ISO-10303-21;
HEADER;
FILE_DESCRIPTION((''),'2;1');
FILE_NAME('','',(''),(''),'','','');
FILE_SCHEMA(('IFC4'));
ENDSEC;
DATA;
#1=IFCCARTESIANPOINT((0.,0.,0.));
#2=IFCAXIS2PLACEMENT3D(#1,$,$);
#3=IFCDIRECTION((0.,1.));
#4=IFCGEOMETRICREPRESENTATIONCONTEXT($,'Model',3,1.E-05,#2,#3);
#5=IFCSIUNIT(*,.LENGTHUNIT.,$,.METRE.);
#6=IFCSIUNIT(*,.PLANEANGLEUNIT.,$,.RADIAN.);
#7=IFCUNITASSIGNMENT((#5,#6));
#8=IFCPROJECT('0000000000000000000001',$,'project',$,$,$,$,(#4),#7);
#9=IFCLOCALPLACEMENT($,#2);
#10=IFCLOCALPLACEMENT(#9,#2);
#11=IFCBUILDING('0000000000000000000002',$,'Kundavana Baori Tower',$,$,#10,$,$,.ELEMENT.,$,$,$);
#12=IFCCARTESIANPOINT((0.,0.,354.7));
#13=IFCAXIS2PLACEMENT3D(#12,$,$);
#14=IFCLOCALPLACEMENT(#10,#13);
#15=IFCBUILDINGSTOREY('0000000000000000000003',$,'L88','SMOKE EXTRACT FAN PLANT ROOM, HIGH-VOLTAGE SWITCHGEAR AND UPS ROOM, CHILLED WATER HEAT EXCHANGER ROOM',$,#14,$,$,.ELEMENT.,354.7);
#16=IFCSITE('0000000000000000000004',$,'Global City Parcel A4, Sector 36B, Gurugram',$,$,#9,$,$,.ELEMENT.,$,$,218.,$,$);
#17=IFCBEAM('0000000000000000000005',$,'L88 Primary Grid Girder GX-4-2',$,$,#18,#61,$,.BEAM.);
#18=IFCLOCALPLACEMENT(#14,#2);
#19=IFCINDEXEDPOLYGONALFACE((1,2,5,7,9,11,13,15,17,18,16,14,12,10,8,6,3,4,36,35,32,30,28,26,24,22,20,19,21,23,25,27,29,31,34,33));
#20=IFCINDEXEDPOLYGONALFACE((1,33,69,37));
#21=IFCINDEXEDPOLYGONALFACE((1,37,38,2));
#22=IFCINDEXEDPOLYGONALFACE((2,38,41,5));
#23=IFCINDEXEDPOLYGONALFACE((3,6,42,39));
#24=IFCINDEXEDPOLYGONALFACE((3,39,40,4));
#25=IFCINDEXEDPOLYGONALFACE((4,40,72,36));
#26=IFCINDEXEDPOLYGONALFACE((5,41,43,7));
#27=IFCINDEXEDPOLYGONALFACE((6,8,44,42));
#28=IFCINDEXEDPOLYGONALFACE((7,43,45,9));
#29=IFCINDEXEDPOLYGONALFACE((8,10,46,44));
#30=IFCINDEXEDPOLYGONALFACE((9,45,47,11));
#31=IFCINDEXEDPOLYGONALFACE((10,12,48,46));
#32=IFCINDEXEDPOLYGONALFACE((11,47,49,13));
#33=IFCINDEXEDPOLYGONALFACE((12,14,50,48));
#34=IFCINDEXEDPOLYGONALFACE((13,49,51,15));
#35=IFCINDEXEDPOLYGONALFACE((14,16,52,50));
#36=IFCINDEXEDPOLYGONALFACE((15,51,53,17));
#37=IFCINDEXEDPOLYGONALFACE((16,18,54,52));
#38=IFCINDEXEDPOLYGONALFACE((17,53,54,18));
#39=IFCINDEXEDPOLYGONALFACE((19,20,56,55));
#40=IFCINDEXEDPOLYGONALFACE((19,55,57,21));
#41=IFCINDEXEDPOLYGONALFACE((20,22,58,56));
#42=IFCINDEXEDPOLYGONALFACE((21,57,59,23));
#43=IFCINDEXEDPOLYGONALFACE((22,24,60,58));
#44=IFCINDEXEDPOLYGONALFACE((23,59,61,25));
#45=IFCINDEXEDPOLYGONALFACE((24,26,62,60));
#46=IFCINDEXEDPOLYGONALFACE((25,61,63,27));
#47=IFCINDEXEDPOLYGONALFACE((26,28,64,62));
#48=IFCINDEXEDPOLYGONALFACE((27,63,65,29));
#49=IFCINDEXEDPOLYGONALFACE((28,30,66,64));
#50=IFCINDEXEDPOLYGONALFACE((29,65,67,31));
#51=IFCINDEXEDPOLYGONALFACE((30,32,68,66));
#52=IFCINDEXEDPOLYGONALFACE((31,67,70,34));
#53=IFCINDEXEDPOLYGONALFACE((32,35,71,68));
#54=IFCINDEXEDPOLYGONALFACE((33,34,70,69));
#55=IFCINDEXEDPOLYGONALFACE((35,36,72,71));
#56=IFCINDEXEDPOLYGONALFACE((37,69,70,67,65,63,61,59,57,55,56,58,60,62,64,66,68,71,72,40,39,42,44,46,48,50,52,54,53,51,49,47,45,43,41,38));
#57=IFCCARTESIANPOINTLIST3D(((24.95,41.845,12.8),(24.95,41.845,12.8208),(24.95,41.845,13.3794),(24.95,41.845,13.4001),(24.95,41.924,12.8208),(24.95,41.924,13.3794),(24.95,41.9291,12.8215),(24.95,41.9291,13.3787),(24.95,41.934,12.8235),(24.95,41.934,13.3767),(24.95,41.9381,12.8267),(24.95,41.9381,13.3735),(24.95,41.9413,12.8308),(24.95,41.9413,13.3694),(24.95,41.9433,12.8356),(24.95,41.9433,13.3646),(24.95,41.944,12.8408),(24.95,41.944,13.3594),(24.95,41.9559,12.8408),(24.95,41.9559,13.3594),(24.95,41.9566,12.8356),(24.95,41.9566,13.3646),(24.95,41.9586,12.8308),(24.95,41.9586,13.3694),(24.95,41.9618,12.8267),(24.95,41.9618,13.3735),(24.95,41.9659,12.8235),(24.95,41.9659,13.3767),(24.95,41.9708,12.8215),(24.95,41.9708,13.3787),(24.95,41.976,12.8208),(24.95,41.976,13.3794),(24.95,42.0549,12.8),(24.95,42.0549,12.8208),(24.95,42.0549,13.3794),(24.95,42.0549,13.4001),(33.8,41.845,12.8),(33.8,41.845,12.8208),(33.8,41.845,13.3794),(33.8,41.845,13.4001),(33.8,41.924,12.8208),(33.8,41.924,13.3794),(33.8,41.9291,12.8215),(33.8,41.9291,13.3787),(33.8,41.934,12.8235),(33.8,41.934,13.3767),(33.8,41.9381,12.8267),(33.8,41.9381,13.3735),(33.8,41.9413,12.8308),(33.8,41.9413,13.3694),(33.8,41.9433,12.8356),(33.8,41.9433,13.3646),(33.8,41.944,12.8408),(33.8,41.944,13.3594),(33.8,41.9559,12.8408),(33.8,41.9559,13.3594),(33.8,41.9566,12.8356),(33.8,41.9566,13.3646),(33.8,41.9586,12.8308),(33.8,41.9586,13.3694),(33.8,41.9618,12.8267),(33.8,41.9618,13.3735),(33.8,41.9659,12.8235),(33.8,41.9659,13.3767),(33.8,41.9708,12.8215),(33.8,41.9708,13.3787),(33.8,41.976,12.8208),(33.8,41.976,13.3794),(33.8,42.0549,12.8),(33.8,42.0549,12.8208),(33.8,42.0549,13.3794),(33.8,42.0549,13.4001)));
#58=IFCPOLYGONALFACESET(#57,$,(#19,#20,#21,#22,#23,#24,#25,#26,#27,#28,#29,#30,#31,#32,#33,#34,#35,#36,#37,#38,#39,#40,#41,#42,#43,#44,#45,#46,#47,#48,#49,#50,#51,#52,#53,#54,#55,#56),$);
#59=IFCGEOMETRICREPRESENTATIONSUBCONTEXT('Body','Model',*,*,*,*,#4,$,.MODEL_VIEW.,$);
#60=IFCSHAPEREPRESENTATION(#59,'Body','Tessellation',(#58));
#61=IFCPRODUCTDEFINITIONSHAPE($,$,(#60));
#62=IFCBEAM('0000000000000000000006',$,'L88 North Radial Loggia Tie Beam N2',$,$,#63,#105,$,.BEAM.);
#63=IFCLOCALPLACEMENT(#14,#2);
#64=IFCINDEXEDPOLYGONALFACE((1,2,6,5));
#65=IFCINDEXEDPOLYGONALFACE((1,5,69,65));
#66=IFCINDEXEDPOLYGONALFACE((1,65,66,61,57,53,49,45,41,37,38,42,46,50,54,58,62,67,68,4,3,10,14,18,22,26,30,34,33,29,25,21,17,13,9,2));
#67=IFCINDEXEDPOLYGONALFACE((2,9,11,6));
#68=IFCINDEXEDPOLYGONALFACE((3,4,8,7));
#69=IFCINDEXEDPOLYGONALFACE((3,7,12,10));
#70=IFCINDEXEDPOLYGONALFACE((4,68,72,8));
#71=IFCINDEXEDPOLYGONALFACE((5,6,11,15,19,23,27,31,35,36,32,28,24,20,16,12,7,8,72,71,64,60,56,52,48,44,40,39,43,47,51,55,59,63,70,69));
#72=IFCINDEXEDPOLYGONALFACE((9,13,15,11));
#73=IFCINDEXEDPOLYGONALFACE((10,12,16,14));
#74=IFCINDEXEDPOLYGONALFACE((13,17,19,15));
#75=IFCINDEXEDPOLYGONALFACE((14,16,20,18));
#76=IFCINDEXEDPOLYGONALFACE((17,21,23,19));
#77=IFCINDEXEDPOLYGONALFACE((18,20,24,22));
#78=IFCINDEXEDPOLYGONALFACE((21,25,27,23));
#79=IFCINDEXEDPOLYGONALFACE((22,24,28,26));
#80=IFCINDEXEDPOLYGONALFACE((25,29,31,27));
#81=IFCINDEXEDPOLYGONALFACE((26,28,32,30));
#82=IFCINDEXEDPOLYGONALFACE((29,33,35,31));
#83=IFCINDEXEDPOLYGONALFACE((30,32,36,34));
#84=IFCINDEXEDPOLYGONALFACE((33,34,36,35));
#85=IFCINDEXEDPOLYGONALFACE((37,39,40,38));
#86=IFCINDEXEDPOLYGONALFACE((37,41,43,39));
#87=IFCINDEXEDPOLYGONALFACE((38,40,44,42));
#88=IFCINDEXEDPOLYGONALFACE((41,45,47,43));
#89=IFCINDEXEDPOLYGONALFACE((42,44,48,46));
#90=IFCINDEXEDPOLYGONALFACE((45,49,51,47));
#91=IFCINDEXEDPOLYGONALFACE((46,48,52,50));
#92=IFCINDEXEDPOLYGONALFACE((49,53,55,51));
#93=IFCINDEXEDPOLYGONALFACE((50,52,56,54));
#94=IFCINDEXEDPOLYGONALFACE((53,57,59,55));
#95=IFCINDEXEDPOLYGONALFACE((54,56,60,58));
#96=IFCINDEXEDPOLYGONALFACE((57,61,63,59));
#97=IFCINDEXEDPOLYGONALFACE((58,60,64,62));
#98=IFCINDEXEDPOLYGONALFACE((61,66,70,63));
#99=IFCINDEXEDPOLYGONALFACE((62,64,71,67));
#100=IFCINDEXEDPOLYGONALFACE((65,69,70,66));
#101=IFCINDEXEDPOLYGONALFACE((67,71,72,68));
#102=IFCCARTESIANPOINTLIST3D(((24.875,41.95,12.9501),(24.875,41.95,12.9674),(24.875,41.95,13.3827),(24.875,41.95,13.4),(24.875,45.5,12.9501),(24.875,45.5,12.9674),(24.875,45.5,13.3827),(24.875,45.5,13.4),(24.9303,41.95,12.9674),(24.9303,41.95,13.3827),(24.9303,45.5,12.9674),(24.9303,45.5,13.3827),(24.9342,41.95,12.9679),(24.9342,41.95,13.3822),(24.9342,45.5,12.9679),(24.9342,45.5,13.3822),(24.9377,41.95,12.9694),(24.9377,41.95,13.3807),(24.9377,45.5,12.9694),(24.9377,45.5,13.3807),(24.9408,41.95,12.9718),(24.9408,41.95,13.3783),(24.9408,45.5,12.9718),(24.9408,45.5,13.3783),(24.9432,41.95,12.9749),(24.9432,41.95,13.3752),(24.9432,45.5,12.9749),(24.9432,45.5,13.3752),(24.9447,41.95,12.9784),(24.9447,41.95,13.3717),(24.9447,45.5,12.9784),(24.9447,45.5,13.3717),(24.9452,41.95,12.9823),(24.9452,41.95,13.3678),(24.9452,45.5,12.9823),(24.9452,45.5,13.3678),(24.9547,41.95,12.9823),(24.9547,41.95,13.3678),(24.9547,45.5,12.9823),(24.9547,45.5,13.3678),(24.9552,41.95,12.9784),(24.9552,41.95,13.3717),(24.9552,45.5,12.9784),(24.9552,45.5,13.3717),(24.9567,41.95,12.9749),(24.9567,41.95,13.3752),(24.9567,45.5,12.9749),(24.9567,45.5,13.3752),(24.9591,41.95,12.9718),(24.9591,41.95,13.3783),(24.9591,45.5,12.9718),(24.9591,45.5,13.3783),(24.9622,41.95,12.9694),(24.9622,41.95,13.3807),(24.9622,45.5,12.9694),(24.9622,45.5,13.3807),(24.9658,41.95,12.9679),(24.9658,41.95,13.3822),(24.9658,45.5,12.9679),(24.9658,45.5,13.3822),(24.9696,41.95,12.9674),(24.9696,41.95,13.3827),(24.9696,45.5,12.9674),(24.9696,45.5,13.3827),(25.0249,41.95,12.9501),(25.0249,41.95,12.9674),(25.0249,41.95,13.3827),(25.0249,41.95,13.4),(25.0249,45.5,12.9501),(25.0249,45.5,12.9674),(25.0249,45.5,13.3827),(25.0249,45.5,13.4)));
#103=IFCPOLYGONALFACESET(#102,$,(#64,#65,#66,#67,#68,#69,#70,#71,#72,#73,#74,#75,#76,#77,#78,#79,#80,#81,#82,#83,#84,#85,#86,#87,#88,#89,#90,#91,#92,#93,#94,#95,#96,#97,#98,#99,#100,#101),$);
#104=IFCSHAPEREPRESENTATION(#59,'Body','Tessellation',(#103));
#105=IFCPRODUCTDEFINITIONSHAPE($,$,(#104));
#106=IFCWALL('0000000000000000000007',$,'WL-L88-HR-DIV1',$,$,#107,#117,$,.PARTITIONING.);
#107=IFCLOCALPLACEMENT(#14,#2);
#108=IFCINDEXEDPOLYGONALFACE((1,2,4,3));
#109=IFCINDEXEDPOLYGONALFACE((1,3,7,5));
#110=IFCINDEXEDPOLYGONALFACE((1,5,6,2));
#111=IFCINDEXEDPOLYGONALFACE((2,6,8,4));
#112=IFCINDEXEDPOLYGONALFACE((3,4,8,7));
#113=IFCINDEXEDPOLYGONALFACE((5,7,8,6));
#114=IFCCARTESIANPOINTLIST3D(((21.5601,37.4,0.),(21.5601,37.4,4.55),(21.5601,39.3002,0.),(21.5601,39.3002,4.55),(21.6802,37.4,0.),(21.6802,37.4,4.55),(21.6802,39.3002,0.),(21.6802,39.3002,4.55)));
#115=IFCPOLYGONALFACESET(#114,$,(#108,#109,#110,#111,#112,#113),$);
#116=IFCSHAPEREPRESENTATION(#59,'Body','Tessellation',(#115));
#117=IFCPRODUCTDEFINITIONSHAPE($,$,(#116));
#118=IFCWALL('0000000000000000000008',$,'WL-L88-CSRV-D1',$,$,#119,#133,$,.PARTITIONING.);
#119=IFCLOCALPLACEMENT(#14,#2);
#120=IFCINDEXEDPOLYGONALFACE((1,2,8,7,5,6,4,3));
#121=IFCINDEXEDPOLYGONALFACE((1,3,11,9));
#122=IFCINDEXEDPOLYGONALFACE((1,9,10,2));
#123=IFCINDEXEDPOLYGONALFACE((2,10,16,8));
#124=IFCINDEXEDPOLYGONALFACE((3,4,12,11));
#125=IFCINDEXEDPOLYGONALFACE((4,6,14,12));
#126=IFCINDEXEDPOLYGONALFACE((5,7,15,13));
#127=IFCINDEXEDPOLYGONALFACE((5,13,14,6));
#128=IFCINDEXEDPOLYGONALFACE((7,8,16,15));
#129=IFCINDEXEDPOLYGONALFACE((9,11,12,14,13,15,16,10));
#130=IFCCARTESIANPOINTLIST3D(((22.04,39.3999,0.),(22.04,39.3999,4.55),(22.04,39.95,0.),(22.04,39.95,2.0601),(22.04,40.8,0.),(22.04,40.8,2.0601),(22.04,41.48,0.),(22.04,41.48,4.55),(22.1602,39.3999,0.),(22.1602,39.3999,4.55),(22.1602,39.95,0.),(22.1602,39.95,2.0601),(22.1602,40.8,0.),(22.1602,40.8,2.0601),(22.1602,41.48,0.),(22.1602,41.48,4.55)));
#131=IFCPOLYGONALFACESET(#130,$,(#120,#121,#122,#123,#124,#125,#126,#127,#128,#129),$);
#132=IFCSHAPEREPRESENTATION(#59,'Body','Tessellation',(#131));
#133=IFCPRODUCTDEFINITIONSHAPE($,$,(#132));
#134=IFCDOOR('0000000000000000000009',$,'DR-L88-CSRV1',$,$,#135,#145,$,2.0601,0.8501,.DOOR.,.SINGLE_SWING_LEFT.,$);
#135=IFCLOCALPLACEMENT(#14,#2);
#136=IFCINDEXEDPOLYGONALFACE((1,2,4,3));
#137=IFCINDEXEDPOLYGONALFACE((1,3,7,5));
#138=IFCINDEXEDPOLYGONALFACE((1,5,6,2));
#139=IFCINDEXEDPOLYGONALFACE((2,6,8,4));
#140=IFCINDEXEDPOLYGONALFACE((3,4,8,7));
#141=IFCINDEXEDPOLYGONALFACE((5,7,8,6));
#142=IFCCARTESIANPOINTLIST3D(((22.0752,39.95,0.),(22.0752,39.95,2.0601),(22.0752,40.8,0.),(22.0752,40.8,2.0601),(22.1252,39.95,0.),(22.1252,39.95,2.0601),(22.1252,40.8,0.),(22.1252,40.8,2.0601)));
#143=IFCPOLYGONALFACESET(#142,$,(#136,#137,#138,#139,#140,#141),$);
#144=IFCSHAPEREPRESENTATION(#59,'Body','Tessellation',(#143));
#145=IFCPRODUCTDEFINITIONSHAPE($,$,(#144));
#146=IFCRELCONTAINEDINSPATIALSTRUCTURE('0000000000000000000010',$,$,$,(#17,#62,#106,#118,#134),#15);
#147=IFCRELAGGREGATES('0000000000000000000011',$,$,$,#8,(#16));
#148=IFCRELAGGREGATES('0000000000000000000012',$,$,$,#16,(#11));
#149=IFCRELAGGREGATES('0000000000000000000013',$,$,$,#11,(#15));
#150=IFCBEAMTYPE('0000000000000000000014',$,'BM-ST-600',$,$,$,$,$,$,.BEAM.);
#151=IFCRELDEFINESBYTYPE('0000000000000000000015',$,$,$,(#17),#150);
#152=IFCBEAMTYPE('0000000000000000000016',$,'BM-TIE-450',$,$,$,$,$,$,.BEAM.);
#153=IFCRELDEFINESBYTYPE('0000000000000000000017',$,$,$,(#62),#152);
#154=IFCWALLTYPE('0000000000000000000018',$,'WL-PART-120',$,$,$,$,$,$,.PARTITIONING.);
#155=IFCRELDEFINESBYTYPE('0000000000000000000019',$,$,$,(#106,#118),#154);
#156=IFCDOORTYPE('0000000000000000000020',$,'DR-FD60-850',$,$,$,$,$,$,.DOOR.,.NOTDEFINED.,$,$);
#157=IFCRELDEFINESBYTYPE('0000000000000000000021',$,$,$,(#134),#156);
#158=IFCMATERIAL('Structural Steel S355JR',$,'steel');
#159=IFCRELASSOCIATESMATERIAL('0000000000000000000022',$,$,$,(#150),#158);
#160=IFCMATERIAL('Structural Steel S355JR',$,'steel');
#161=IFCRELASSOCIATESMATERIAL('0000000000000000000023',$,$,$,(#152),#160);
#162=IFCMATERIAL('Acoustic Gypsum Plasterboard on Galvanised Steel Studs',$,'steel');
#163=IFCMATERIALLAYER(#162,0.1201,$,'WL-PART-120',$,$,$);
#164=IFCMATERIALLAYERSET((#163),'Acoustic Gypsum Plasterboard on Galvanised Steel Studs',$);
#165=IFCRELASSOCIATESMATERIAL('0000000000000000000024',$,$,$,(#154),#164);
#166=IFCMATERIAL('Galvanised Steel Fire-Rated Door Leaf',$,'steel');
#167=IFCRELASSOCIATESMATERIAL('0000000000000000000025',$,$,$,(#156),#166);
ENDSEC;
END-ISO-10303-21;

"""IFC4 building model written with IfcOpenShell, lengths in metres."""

from ifc_helpers import new_model, si_unit, direction, frame, frame_2d, origin, origin_2d, place, context, subcontext, project, spatial, rectangle, i_section, extrude, material, layer, layer_set, material_profile, profile_set, type_object, element, fill, save


model = new_model("IFC4")

# Units and contexts
model_context = context("Model", 3, precision=1e-05, world=origin(), true_north=direction((0.0, 1.0)))
body_context = subcontext(model_context, "Body", "Model", "MODEL_VIEW")
ifc_project = project(units=[si_unit("LENGTHUNIT", "METRE"), si_unit("PLANEANGLEUNIT", "RADIAN")], contexts=[model_context])

# Site, building, storey
site_placement = place(None, origin())
site = spatial("IfcSite", under=ifc_project, at=site_placement, Name="Global City Parcel A4, Sector 36B, Gurugram", CompositionType="ELEMENT", RefElevation=218.0)
building_placement = place(site_placement, origin())
building = spatial("IfcBuilding", under=site, at=building_placement, Name="Kundavana Baori Tower", CompositionType="ELEMENT")
storey_placement = place(building_placement, frame((0.0, 0.0, 354.7)))
storey = spatial("IfcBuildingStorey", under=building, at=storey_placement, Name="L88", Description="SMOKE EXTRACT FAN PLANT ROOM, HIGH-VOLTAGE SWITCHGEAR AND UPS ROOM, CHILLED WATER HEAT EXCHANGER ROOM", CompositionType="ELEMENT", Elevation=354.7)

# Beams
ifc_material_1 = material(Name="Structural Steel S355JR", Category="steel")
ifc_material_profile_1 = material_profile(ifc_material_1, i_section(OverallWidth=0.21, OverallDepth=0.6001, WebThickness=0.012, FlangeThickness=0.0208, FilletRadius=0.02, at=origin_2d()), Name="ISMB 600")
ifc_profile_set_1 = profile_set([ifc_material_profile_1], Name="Structural Steel S355JR")
beam_type_1 = type_object("IfcBeamType", Name="BM-ST-600", PredefinedType="BEAM", material=ifc_profile_set_1)
beam_1_placement = place(storey_placement, frame((24.95, 41.95, 13.1001), z_axis=(1.0, 0.0, 0.0), x_axis=(0.0, 1.0, 0.0)))
element("IfcBeam", 1, at=beam_1_placement, inside=storey, type_object=beam_type_1, Name="L88 Primary Grid Girder GX-4-2", PredefinedType="BEAM", context=body_context, shape_type="SweptSolid", body=[
    extrude(i_section(OverallWidth=0.21, OverallDepth=0.6001, WebThickness=0.012, FlangeThickness=0.0208, FilletRadius=0.02, at=origin_2d()), origin(), (0.0, 0.0, 1.0), 8.8501),
])
ifc_material_2 = material(Name="Structural Steel S355JR", Category="steel")
ifc_material_profile_2 = material_profile(ifc_material_2, i_section(OverallWidth=0.1499, OverallDepth=0.45, WebThickness=0.0095, FlangeThickness=0.0173, FilletRadius=0.0149, at=origin_2d()), Name="ISMB 450")
ifc_profile_set_2 = profile_set([ifc_material_profile_2], Name="Structural Steel S355JR")
beam_type_2 = type_object("IfcBeamType", Name="BM-TIE-450", PredefinedType="BEAM", material=ifc_profile_set_2)
beam_2_placement = place(storey_placement, frame((24.95, 41.95, 13.175), z_axis=(0.0, 1.0, 0.0), x_axis=(-1.0, 0.0, 0.0)))
element("IfcBeam", 2, at=beam_2_placement, inside=storey, type_object=beam_type_2, Name="L88 North Radial Loggia Tie Beam N2", PredefinedType="BEAM", context=body_context, shape_type="SweptSolid", body=[
    extrude(i_section(OverallWidth=0.1499, OverallDepth=0.45, WebThickness=0.0095, FlangeThickness=0.0173, FilletRadius=0.0149, at=origin_2d()), origin(), (0.0, 0.0, 1.0), 3.55),
])

# Wall
ifc_material_3 = material(Name="Acoustic Gypsum Plasterboard on Galvanised Steel Studs", Category="steel")
ifc_layer_1 = layer(ifc_material_3, 0.1201, Name="WL-PART-120")
ifc_layer_set_1 = layer_set([ifc_layer_1], Name="Acoustic Gypsum Plasterboard on Galvanised Steel Studs")
wall_type_1 = type_object("IfcWallType", Name="WL-PART-120", PredefinedType="PARTITIONING", material=ifc_layer_set_1)
wall_1_placement = place(storey_placement, frame((21.6201, 37.3999, 0.0), z_axis=(0.0, 0.0, 1.0), x_axis=(0.0, 1.0, 0.0)))
element("IfcWall", 3, at=wall_1_placement, inside=storey, type_object=wall_type_1, Name="WL-L88-HR-DIV1", PredefinedType="PARTITIONING", context=body_context, shape_type="SweptSolid", body=[
    extrude(rectangle(XDim=1.9001, YDim=0.1201, at=frame_2d((0.9502, 0.0))), origin(), (0.0, 0.0, 1.0), 4.55),
])

# Wall, opening, door
wall_2_placement = place(storey_placement, frame((22.1001, 39.3999, 0.0), z_axis=(0.0, 0.0, 1.0), x_axis=(0.0, 1.0, 0.0)))
wall_2 = element("IfcWall", 4, at=wall_2_placement, inside=storey, type_object=wall_type_1, Name="WL-L88-CSRV-D1", PredefinedType="PARTITIONING", context=body_context, shape_type="SweptSolid", body=[
    extrude(rectangle(XDim=2.0801, YDim=0.1201, at=frame_2d((1.04, 0.0))), origin(), (0.0, 0.0, 1.0), 4.55),
])
opening_1_placement = place(wall_2_placement, frame((0.55, 0.0, 0.0)))
opening_1 = element("IfcOpeningElement", 5, at=opening_1_placement, cuts=wall_2, PredefinedType="OPENING", context=body_context, shape_type="SweptSolid", body=[
    extrude(rectangle(XDim=0.8501, YDim=2.0601, at=frame_2d((0.425, 1.03))), frame((0.0, 0.0701, 0.0), z_axis=(0.0, -1.0, 0.0), x_axis=(1.0, 0.0, 0.0)), (0.0, 0.0, 1.0), 0.1401),
])
ifc_material_4 = material(Name="Galvanised Steel Fire-Rated Door Leaf", Category="steel")
door_type_1 = type_object("IfcDoorType", Name="DR-FD60-850", OperationType="NOTDEFINED", PredefinedType="DOOR", material=ifc_material_4)
door_1_placement = place(opening_1_placement, origin())
door_1 = element("IfcDoor", 6, at=door_1_placement, inside=storey, type_object=door_type_1, Name="DR-L88-CSRV1", OperationType="SINGLE_SWING_LEFT", OverallHeight=2.0601, OverallWidth=0.8501, PredefinedType="DOOR", context=body_context, shape_type="SweptSolid", body=[
    extrude(rectangle(XDim=0.8501, YDim=2.0601, at=frame_2d((0.425, 1.03))), frame((0.0, 0.0249, 0.0), z_axis=(0.0, -1.0, 0.0), x_axis=(1.0, 0.0, 0.0)), (0.0, 0.0, 1.0), 0.05),
])
fill(opening_1, door_1)

save(model, "model.ifc")
